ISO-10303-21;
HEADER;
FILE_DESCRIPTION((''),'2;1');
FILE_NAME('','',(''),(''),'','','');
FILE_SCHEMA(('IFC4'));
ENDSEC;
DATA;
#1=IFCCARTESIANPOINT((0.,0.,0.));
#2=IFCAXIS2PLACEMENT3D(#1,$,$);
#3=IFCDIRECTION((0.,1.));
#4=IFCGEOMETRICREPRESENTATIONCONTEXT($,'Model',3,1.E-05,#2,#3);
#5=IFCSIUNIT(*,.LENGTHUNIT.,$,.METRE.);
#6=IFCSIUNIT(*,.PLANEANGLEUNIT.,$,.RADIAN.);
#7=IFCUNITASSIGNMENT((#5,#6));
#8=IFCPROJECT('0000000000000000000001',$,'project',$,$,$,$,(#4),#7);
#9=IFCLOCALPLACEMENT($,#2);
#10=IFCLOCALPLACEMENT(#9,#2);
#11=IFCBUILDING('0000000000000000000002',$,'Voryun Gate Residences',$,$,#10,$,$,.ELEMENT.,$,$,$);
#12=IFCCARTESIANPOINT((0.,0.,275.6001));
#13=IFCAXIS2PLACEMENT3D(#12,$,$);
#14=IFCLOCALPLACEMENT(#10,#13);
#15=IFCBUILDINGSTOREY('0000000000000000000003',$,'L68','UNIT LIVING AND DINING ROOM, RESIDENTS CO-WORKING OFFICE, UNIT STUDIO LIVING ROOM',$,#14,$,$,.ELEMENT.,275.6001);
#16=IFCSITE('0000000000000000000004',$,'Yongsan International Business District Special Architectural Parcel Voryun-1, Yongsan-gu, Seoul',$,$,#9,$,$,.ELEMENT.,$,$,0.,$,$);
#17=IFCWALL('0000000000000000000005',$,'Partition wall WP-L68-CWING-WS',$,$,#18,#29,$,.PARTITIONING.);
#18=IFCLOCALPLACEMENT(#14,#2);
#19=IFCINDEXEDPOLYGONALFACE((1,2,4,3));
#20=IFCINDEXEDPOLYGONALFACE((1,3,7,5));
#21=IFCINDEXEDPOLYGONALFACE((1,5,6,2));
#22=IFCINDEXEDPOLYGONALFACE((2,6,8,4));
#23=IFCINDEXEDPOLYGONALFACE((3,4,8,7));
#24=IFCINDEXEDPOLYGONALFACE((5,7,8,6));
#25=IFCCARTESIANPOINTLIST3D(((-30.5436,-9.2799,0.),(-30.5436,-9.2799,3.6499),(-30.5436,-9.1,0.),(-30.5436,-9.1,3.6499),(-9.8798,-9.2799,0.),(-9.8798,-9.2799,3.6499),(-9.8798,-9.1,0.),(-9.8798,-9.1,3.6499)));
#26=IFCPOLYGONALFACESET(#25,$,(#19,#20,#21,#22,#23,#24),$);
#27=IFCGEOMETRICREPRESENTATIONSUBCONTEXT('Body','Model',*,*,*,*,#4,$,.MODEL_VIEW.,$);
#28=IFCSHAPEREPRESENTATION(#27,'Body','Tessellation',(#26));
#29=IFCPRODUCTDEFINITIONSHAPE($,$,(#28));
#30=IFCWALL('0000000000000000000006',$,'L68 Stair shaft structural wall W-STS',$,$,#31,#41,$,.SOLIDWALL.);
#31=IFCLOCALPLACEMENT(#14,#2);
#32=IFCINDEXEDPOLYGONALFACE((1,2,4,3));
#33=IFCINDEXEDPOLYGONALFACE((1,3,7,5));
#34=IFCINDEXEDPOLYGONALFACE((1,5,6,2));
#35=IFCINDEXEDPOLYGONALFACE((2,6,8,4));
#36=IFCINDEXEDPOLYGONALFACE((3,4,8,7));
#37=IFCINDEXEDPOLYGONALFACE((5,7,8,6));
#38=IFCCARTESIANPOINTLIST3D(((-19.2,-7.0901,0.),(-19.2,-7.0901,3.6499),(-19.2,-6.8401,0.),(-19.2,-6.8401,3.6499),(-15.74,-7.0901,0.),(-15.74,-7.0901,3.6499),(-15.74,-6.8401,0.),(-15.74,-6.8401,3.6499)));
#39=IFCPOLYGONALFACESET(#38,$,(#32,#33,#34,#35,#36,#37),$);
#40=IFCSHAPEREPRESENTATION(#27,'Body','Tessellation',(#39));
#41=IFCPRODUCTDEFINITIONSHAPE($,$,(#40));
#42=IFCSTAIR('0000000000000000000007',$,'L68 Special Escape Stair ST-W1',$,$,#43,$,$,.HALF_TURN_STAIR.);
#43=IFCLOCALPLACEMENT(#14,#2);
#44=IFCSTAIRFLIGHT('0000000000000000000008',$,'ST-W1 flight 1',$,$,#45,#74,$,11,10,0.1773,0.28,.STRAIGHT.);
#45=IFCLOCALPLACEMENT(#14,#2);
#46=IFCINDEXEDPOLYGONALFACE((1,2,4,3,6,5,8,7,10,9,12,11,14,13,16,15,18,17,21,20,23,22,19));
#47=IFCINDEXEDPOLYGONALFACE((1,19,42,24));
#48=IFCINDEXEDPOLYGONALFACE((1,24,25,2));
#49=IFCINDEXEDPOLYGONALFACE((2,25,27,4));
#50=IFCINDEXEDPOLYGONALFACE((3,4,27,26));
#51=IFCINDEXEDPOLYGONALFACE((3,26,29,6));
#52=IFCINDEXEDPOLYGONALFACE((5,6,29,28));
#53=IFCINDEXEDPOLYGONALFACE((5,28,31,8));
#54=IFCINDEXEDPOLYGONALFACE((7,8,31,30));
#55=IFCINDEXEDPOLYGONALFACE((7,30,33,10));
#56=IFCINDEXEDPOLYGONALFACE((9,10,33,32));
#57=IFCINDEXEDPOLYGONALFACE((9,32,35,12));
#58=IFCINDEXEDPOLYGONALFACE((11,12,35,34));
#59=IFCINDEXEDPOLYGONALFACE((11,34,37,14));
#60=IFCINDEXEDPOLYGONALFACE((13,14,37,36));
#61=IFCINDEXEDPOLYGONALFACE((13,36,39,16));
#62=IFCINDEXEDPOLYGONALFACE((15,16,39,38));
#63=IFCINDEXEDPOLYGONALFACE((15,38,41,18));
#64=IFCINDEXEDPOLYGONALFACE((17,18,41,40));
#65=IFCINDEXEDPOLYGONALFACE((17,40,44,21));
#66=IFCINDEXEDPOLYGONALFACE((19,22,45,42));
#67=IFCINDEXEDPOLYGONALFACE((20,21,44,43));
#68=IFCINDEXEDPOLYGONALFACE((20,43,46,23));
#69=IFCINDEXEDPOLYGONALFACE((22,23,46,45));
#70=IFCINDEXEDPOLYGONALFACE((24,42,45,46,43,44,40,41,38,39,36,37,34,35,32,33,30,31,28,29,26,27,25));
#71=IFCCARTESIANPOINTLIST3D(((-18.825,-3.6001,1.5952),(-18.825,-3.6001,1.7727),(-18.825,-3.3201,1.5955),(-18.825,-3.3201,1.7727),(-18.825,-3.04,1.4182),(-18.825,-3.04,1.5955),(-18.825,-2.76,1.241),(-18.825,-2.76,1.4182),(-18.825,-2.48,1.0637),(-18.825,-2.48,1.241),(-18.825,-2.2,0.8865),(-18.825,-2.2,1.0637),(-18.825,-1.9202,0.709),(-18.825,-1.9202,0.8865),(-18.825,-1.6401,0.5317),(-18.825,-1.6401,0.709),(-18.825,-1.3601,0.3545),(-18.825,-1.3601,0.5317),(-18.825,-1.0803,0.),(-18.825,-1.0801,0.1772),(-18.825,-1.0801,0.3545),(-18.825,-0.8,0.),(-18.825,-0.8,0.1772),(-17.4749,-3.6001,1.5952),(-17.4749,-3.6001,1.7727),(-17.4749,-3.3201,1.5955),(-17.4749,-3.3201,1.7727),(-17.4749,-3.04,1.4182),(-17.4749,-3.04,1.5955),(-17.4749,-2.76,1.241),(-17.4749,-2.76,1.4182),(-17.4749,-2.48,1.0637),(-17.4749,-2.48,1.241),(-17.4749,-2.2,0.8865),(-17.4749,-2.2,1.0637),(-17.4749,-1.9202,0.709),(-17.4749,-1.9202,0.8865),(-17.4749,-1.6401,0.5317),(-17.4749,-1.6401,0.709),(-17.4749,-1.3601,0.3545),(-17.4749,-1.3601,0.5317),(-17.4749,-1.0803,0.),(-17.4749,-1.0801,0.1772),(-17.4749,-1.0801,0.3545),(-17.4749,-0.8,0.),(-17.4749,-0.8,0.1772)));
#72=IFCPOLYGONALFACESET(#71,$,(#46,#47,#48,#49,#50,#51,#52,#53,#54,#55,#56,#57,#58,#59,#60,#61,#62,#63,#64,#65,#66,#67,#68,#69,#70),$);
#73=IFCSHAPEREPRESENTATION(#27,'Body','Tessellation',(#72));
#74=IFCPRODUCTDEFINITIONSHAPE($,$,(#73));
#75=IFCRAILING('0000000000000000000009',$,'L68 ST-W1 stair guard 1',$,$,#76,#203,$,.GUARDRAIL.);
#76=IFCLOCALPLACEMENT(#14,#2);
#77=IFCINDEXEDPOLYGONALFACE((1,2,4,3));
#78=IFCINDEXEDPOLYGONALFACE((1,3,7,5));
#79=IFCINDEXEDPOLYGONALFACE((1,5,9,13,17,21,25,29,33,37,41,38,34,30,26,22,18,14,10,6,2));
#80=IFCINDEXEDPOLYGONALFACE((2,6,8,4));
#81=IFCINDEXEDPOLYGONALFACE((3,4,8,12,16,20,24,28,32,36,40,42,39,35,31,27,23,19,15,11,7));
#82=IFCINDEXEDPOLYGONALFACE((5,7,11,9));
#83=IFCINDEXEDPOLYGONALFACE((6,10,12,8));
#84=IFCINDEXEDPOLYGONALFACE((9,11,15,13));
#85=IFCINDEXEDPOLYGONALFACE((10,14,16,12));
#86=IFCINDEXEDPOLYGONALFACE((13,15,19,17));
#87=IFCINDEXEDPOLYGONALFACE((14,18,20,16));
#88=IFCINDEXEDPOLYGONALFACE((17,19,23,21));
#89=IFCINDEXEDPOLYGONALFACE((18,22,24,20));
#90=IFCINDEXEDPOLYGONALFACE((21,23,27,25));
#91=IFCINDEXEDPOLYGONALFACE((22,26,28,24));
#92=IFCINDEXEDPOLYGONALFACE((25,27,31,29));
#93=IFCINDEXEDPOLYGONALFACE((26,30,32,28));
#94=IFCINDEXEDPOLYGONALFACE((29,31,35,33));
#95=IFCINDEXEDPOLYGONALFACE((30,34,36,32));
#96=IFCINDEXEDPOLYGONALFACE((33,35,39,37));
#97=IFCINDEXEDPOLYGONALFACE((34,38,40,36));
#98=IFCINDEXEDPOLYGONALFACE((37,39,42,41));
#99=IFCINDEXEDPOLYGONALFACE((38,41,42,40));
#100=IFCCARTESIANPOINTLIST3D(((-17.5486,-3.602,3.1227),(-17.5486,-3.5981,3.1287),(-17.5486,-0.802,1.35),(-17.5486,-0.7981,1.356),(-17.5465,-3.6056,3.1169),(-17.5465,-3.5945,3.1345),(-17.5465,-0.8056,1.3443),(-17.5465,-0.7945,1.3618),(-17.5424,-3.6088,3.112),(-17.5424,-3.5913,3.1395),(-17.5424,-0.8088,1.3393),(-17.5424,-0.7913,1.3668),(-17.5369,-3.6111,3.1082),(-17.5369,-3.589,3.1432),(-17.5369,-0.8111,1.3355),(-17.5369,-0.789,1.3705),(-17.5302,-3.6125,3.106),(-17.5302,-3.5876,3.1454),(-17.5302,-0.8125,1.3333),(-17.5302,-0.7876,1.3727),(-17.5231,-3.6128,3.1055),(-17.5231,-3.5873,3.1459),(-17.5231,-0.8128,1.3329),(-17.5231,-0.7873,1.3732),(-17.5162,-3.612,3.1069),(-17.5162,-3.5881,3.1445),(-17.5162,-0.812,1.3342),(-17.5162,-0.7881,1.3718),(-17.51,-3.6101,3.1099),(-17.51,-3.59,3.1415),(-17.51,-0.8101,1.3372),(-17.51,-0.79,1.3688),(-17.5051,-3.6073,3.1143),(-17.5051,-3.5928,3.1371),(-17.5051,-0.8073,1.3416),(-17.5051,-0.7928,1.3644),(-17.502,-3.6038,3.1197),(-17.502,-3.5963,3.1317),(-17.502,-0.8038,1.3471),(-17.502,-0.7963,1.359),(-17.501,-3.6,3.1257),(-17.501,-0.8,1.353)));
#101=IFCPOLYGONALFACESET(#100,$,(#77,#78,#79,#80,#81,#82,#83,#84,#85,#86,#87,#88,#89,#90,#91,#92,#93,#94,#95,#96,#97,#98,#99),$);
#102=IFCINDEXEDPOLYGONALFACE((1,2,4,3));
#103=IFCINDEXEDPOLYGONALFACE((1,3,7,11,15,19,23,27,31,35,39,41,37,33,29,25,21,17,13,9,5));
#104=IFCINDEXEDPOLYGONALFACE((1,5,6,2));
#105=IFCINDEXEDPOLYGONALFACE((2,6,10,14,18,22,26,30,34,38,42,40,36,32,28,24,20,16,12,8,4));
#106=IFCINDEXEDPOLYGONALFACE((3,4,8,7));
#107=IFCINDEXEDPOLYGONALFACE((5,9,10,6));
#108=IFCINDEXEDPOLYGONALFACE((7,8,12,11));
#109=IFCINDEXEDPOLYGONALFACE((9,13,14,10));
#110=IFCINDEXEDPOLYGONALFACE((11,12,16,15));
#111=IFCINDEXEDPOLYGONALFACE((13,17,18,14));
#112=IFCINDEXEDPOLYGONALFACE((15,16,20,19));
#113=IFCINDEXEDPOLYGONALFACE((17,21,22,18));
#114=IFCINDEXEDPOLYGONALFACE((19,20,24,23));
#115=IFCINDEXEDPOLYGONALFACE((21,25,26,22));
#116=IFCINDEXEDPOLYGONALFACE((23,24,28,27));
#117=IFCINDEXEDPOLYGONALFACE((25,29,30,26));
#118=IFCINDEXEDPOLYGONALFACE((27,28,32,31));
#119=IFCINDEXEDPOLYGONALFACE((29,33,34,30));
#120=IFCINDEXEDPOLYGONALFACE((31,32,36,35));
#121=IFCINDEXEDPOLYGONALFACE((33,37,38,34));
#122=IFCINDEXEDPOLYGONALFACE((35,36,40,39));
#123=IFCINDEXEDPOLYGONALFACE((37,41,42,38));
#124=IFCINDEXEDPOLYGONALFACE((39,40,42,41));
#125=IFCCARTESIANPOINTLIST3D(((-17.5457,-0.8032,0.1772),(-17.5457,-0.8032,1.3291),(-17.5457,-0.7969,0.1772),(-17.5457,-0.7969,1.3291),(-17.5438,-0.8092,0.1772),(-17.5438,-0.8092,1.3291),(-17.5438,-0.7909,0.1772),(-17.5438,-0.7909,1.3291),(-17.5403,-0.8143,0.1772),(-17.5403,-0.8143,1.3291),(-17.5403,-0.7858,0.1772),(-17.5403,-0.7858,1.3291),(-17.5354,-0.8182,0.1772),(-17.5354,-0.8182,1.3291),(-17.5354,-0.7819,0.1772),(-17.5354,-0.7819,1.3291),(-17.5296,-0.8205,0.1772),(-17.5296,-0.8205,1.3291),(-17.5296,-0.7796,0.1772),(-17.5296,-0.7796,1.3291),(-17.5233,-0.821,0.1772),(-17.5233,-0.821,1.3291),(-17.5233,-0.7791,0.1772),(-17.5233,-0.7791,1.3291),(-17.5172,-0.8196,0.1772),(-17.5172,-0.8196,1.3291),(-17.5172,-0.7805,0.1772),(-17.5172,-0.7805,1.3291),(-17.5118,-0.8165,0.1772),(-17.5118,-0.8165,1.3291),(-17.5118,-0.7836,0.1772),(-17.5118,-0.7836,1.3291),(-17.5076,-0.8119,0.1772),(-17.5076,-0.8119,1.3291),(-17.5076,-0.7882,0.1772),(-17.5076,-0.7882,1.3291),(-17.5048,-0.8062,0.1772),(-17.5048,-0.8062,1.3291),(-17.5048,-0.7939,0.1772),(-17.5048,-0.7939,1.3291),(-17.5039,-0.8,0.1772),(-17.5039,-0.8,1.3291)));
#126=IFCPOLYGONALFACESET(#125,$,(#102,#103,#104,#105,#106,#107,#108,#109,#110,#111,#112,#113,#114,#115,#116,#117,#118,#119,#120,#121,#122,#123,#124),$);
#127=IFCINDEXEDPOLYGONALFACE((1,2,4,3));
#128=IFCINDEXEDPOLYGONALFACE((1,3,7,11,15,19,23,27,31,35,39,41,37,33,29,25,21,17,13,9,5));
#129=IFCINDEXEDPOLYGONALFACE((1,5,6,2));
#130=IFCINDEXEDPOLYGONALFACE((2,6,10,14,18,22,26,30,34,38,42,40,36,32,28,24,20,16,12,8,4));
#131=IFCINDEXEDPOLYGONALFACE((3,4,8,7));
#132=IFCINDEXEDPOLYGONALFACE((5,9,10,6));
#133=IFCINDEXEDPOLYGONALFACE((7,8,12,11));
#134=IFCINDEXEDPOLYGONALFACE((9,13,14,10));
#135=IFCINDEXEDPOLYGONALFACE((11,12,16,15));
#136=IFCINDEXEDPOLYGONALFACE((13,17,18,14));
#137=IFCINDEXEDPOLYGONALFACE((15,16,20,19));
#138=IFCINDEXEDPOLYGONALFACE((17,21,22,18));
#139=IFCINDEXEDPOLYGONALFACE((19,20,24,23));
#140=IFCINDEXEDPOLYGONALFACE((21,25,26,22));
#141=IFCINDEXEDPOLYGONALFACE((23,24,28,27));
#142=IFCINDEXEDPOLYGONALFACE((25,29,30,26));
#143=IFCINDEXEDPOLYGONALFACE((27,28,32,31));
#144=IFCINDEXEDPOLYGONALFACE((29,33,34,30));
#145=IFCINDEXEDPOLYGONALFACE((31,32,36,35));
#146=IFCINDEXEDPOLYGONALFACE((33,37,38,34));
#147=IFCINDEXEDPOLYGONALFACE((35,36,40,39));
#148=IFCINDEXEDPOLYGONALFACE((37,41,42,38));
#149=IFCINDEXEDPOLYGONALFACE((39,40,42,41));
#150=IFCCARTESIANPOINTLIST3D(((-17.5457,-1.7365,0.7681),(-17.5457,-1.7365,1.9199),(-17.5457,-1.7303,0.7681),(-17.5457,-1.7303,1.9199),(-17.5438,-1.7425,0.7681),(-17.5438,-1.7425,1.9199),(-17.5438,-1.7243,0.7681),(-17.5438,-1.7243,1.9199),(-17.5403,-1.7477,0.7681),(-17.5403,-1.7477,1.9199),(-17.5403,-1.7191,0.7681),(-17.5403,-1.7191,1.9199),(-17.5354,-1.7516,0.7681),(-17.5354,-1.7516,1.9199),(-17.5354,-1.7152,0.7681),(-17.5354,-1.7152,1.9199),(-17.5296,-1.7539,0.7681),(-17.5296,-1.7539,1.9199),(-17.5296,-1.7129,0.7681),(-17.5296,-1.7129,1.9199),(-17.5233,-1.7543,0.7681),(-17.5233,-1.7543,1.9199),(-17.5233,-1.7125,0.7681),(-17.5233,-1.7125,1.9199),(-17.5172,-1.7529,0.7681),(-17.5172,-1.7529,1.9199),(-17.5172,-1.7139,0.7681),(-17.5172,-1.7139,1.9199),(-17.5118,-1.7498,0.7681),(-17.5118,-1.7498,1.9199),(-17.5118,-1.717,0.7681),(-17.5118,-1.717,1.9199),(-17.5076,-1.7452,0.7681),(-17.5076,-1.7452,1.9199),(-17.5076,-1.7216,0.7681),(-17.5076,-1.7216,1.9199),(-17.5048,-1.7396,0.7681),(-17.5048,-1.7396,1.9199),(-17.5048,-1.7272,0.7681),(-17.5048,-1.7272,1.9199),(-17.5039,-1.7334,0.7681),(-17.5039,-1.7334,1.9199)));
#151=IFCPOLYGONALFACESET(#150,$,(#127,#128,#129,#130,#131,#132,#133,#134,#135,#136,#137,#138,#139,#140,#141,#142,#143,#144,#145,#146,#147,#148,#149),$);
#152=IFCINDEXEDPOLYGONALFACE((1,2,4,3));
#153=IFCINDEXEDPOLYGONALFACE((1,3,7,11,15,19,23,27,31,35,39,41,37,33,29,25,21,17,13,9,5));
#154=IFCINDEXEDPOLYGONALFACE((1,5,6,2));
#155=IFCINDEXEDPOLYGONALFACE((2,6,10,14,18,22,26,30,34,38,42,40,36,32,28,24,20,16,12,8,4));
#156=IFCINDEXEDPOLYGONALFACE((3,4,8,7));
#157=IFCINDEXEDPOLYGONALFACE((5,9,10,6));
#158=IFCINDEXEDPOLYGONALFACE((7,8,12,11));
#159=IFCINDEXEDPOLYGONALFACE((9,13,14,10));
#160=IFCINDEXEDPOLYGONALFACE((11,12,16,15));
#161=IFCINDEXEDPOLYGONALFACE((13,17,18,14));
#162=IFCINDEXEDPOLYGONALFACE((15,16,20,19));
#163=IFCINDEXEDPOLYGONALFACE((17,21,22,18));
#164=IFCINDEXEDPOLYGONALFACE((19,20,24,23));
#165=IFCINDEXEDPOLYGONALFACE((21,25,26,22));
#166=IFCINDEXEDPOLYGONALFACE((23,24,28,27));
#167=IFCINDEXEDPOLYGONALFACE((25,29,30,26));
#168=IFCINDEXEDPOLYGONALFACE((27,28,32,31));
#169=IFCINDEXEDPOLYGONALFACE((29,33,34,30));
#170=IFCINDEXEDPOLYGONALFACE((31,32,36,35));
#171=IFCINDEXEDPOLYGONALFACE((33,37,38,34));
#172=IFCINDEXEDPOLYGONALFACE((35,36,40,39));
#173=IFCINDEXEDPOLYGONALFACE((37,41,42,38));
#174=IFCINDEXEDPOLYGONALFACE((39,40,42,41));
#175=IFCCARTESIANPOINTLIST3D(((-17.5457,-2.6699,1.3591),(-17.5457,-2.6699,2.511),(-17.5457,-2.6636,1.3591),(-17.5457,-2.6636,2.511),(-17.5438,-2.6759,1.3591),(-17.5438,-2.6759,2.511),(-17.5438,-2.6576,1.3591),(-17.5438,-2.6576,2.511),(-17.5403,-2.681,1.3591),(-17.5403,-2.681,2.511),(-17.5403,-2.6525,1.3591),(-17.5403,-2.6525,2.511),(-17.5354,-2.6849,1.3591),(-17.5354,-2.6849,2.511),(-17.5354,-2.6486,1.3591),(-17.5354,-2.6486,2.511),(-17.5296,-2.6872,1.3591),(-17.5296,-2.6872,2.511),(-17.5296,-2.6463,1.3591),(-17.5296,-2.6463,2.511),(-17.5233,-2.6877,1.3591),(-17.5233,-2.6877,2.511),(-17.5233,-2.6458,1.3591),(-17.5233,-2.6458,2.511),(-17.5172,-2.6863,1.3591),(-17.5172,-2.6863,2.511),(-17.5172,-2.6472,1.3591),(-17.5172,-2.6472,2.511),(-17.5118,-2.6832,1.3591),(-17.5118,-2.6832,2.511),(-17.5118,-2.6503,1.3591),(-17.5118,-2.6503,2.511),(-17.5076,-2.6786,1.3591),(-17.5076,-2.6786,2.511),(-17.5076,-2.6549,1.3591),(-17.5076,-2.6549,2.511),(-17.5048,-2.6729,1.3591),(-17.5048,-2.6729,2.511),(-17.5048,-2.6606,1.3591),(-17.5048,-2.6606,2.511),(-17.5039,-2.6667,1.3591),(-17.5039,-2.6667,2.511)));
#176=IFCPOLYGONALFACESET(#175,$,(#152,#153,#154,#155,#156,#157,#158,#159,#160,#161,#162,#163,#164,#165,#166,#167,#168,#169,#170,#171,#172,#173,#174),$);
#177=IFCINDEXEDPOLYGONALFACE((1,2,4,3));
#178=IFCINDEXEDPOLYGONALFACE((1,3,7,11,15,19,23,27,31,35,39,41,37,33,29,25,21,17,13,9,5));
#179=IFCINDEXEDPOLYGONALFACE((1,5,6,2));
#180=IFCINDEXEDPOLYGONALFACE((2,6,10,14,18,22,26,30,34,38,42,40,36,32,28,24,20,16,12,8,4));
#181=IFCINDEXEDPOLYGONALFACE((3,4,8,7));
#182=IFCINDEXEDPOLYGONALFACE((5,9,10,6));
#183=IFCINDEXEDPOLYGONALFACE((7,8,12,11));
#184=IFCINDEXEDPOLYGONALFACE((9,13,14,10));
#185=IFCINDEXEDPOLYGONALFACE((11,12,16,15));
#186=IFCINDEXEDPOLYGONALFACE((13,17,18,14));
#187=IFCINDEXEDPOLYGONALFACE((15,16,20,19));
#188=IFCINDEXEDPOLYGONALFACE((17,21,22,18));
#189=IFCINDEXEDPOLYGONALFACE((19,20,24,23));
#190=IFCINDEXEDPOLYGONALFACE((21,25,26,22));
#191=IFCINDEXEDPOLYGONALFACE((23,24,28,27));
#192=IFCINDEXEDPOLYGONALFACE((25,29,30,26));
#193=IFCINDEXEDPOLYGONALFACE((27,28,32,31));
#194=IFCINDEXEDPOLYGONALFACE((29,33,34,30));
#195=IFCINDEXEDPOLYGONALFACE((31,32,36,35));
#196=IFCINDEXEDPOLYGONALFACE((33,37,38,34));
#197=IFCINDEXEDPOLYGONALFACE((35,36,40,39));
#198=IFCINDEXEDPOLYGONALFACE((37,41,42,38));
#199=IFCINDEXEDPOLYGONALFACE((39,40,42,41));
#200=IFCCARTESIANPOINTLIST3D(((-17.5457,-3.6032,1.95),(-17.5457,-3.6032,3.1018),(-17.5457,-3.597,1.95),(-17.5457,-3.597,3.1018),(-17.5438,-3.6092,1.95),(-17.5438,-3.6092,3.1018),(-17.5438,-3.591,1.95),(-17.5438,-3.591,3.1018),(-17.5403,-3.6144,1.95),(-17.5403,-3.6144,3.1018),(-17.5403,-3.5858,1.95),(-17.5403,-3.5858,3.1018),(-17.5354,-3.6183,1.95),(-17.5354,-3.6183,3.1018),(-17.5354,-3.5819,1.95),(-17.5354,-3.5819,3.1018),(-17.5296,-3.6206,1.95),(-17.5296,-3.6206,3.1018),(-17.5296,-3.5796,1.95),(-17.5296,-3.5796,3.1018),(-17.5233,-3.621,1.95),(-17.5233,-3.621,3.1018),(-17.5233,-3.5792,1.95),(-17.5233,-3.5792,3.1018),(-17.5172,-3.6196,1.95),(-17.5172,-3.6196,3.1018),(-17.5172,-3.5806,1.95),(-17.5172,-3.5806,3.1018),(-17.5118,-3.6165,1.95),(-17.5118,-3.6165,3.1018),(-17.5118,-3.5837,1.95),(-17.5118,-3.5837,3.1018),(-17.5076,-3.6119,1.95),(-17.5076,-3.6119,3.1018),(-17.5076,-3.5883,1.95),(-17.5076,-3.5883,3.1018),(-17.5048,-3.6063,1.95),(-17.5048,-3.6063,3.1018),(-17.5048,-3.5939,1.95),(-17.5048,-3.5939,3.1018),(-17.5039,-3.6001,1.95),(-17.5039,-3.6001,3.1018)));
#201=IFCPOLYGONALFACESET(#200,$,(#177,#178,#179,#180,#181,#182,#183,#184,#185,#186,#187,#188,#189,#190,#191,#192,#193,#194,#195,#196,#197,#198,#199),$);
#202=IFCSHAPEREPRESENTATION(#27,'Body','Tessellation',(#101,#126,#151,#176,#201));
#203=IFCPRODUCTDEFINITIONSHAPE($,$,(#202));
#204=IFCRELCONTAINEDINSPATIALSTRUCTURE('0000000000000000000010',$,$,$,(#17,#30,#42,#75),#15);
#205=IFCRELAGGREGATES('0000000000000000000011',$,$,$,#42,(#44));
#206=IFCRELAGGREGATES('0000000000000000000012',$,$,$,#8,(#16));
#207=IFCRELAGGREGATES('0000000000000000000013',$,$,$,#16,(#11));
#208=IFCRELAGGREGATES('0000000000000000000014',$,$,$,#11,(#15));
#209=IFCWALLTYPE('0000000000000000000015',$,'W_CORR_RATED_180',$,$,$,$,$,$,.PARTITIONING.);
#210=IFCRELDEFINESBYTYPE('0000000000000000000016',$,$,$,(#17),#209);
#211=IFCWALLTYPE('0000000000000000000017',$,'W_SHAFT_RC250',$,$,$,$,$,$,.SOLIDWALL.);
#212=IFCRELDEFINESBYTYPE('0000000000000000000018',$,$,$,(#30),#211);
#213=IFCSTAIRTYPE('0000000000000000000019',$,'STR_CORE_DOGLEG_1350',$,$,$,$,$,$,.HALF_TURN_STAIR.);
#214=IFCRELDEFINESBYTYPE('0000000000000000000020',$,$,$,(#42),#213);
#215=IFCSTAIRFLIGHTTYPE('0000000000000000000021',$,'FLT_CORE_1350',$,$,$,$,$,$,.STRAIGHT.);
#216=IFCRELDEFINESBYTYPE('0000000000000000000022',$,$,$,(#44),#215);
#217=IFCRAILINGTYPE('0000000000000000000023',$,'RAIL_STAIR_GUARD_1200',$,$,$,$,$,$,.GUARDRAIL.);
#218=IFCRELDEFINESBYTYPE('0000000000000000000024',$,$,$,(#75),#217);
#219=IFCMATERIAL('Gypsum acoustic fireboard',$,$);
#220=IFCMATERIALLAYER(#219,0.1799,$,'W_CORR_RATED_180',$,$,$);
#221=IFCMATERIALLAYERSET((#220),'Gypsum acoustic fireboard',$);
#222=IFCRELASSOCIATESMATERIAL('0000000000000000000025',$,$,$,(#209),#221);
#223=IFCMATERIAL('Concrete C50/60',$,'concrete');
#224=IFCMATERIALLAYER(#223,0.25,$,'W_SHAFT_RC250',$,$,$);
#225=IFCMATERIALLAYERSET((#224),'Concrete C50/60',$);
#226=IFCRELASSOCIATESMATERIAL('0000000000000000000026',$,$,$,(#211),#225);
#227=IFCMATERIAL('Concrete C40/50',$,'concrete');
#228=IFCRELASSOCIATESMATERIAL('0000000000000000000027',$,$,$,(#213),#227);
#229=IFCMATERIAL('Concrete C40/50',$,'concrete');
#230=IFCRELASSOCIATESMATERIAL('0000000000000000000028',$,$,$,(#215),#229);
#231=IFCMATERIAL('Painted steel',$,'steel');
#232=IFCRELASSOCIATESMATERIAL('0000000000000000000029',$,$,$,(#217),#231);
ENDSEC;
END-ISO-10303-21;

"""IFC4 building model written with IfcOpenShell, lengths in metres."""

from ifc_helpers import new_model, si_unit, direction, frame, frame_2d, origin, origin_2d, place, context, subcontext, project, spatial, polyline, rectangle, circle, outline, extrude, material, layer, layer_set, type_object, element, aggregate, save


model = new_model("IFC4")

# Units and contexts
model_context = context("Model", 3, precision=1e-05, world=origin(), true_north=direction((0.0, 1.0)))
body_context = subcontext(model_context, "Body", "Model", "MODEL_VIEW")
ifc_project = project(units=[si_unit("LENGTHUNIT", "METRE"), si_unit("PLANEANGLEUNIT", "RADIAN")], contexts=[model_context])

# Site, building, storey
site_placement = place(None, origin())
site = spatial("IfcSite", under=ifc_project, at=site_placement, Name="Yongsan International Business District Special Architectural Parcel Voryun-1, Yongsan-gu, Seoul", CompositionType="ELEMENT", RefElevation=0.0)
building_placement = place(site_placement, origin())
building = spatial("IfcBuilding", under=site, at=building_placement, Name="Voryun Gate Residences", CompositionType="ELEMENT")
storey_placement = place(building_placement, frame((0.0, 0.0, 275.6001)))
storey = spatial("IfcBuildingStorey", under=building, at=storey_placement, Name="L68", Description="UNIT LIVING AND DINING ROOM, RESIDENTS CO-WORKING OFFICE, UNIT STUDIO LIVING ROOM", CompositionType="ELEMENT", Elevation=275.6001)

# Walls
ifc_material_1 = material(Name="Gypsum acoustic fireboard")
ifc_layer_1 = layer(ifc_material_1, 0.1799, Name="W_CORR_RATED_180")
ifc_layer_set_1 = layer_set([ifc_layer_1], Name="Gypsum acoustic fireboard")
wall_type_1 = type_object("IfcWallType", Name="W_CORR_RATED_180", PredefinedType="PARTITIONING", material=ifc_layer_set_1)
wall_1_placement = place(storey_placement, frame((-30.5437, -9.1899, 0.0), z_axis=(0.0, 0.0, 1.0), x_axis=(1.0, 0.0, 0.0)))
element("IfcWall", 1, at=wall_1_placement, inside=storey, type_object=wall_type_1, Name="Partition wall WP-L68-CWING-WS", PredefinedType="PARTITIONING", context=body_context, shape_type="SweptSolid", body=[
    extrude(rectangle(XDim=20.6638, YDim=0.1799, at=frame_2d((10.332, 0.0))), origin(), (0.0, 0.0, 1.0), 3.6499),
])
ifc_material_2 = material(Name="Concrete C50/60", Category="concrete")
ifc_layer_2 = layer(ifc_material_2, 0.25, Name="W_SHAFT_RC250")
ifc_layer_set_2 = layer_set([ifc_layer_2], Name="Concrete C50/60")
wall_type_2 = type_object("IfcWallType", Name="W_SHAFT_RC250", PredefinedType="SOLIDWALL", material=ifc_layer_set_2)
wall_2_placement = place(storey_placement, frame((-19.2, -6.9651, 0.0), z_axis=(0.0, 0.0, 1.0), x_axis=(1.0, 0.0, 0.0)))
element("IfcWall", 2, at=wall_2_placement, inside=storey, type_object=wall_type_2, Name="L68 Stair shaft structural wall W-STS", PredefinedType="SOLIDWALL", context=body_context, shape_type="SweptSolid", body=[
    extrude(rectangle(XDim=3.46, YDim=0.25, at=frame_2d((1.73, 0.0))), origin(), (0.0, 0.0, 1.0), 3.6499),
])

# Stair, stair flight
ifc_material_3 = material(Name="Concrete C40/50", Category="concrete")
stair_type = type_object("IfcStairType", Name="STR_CORE_DOGLEG_1350", PredefinedType="HALF_TURN_STAIR", material=ifc_material_3)
stair_placement = place(storey_placement, origin())
stair = element("IfcStair", 3, at=stair_placement, inside=storey, type_object=stair_type, Name="L68 Special Escape Stair ST-W1", PredefinedType="HALF_TURN_STAIR")
ifc_material_4 = material(Name="Concrete C40/50", Category="concrete")
stair_flight_type = type_object("IfcStairFlightType", Name="FLT_CORE_1350", PredefinedType="STRAIGHT", material=ifc_material_4)
stair_flight_placement = place(storey_placement, frame((-18.1499, -0.8, 0.0), z_axis=(0.0, 0.0, 1.0), x_axis=(0.0, -1.0, 0.0)))
stair_flight = element("IfcStairFlight", 4, at=stair_flight_placement, type_object=stair_flight_type, Name="ST-W1 flight 1", NumberOfRisers=11, NumberOfTreads=10, PredefinedType="STRAIGHT", RiserHeight=0.1773, TreadLength=0.28, context=body_context, shape_type="SweptSolid", body=[
    extrude(outline(polyline([(0.0, 0.0), (0.0, 0.1772), (0.28, 0.1772), (0.28, 0.3545), (0.5601, 0.3545), (0.5601, 0.5317), (0.8401, 0.5317), (0.8401, 0.709), (1.1201, 0.709), (1.1201, 0.8865), (1.3999, 0.8865), (1.3999, 1.0637), (1.6799, 1.0637), (1.6799, 1.241), (1.96, 1.241), (1.96, 1.4182), (2.24, 1.4182), (2.24, 1.5955), (2.52, 1.5955), (2.52, 1.7727), (2.8, 1.7727), (2.8, 1.95), (2.8, 1.5952), (0.2803, 0.0), (0.0, 0.0)])), frame((0.0, 0.675, 0.0), z_axis=(0.0, -1.0, 0.0), x_axis=(1.0, 0.0, 0.0)), (0.0, 0.0, 1.0), 1.3501),
])
aggregate(stair, [stair_flight])

# Railing
ifc_material_5 = material(Name="Painted steel", Category="steel")
railing_type_1 = type_object("IfcRailingType", Name="RAIL_STAIR_GUARD_1200", PredefinedType="GUARDRAIL", material=ifc_material_5)
railing_1_placement = place(storey_placement, frame((-17.5249, -0.8, 0.1772)))
element("IfcRailing", 5, at=railing_1_placement, inside=storey, type_object=railing_type_1, Name="L68 ST-W1 stair guard 1", PredefinedType="GUARDRAIL", context=body_context, shape_type="SweptSolid", body=[
    extrude(circle(Radius=0.0239, at=origin_2d()), frame((0.0, 0.0, 1.1758), z_axis=(0.0, -0.844909, 0.53491), x_axis=(1.0, 0.0, 0.0)), (0.0, 0.0, 1.0), 3.314),
    extrude(circle(Radius=0.021, at=origin_2d()), origin(), (0.0, 0.0, 1.0), 1.1519),
    extrude(circle(Radius=0.021, at=origin_2d()), frame((0.0, -0.9333, 0.5908)), (0.0, 0.0, 1.0), 1.1519),
    extrude(circle(Radius=0.021, at=origin_2d()), frame((0.0, -1.8667, 1.1819)), (0.0, 0.0, 1.0), 1.1519),
    extrude(circle(Radius=0.021, at=origin_2d()), frame((0.0, -2.8, 1.7727)), (0.0, 0.0, 1.0), 1.1519),
])

save(model, "model.ifc")
